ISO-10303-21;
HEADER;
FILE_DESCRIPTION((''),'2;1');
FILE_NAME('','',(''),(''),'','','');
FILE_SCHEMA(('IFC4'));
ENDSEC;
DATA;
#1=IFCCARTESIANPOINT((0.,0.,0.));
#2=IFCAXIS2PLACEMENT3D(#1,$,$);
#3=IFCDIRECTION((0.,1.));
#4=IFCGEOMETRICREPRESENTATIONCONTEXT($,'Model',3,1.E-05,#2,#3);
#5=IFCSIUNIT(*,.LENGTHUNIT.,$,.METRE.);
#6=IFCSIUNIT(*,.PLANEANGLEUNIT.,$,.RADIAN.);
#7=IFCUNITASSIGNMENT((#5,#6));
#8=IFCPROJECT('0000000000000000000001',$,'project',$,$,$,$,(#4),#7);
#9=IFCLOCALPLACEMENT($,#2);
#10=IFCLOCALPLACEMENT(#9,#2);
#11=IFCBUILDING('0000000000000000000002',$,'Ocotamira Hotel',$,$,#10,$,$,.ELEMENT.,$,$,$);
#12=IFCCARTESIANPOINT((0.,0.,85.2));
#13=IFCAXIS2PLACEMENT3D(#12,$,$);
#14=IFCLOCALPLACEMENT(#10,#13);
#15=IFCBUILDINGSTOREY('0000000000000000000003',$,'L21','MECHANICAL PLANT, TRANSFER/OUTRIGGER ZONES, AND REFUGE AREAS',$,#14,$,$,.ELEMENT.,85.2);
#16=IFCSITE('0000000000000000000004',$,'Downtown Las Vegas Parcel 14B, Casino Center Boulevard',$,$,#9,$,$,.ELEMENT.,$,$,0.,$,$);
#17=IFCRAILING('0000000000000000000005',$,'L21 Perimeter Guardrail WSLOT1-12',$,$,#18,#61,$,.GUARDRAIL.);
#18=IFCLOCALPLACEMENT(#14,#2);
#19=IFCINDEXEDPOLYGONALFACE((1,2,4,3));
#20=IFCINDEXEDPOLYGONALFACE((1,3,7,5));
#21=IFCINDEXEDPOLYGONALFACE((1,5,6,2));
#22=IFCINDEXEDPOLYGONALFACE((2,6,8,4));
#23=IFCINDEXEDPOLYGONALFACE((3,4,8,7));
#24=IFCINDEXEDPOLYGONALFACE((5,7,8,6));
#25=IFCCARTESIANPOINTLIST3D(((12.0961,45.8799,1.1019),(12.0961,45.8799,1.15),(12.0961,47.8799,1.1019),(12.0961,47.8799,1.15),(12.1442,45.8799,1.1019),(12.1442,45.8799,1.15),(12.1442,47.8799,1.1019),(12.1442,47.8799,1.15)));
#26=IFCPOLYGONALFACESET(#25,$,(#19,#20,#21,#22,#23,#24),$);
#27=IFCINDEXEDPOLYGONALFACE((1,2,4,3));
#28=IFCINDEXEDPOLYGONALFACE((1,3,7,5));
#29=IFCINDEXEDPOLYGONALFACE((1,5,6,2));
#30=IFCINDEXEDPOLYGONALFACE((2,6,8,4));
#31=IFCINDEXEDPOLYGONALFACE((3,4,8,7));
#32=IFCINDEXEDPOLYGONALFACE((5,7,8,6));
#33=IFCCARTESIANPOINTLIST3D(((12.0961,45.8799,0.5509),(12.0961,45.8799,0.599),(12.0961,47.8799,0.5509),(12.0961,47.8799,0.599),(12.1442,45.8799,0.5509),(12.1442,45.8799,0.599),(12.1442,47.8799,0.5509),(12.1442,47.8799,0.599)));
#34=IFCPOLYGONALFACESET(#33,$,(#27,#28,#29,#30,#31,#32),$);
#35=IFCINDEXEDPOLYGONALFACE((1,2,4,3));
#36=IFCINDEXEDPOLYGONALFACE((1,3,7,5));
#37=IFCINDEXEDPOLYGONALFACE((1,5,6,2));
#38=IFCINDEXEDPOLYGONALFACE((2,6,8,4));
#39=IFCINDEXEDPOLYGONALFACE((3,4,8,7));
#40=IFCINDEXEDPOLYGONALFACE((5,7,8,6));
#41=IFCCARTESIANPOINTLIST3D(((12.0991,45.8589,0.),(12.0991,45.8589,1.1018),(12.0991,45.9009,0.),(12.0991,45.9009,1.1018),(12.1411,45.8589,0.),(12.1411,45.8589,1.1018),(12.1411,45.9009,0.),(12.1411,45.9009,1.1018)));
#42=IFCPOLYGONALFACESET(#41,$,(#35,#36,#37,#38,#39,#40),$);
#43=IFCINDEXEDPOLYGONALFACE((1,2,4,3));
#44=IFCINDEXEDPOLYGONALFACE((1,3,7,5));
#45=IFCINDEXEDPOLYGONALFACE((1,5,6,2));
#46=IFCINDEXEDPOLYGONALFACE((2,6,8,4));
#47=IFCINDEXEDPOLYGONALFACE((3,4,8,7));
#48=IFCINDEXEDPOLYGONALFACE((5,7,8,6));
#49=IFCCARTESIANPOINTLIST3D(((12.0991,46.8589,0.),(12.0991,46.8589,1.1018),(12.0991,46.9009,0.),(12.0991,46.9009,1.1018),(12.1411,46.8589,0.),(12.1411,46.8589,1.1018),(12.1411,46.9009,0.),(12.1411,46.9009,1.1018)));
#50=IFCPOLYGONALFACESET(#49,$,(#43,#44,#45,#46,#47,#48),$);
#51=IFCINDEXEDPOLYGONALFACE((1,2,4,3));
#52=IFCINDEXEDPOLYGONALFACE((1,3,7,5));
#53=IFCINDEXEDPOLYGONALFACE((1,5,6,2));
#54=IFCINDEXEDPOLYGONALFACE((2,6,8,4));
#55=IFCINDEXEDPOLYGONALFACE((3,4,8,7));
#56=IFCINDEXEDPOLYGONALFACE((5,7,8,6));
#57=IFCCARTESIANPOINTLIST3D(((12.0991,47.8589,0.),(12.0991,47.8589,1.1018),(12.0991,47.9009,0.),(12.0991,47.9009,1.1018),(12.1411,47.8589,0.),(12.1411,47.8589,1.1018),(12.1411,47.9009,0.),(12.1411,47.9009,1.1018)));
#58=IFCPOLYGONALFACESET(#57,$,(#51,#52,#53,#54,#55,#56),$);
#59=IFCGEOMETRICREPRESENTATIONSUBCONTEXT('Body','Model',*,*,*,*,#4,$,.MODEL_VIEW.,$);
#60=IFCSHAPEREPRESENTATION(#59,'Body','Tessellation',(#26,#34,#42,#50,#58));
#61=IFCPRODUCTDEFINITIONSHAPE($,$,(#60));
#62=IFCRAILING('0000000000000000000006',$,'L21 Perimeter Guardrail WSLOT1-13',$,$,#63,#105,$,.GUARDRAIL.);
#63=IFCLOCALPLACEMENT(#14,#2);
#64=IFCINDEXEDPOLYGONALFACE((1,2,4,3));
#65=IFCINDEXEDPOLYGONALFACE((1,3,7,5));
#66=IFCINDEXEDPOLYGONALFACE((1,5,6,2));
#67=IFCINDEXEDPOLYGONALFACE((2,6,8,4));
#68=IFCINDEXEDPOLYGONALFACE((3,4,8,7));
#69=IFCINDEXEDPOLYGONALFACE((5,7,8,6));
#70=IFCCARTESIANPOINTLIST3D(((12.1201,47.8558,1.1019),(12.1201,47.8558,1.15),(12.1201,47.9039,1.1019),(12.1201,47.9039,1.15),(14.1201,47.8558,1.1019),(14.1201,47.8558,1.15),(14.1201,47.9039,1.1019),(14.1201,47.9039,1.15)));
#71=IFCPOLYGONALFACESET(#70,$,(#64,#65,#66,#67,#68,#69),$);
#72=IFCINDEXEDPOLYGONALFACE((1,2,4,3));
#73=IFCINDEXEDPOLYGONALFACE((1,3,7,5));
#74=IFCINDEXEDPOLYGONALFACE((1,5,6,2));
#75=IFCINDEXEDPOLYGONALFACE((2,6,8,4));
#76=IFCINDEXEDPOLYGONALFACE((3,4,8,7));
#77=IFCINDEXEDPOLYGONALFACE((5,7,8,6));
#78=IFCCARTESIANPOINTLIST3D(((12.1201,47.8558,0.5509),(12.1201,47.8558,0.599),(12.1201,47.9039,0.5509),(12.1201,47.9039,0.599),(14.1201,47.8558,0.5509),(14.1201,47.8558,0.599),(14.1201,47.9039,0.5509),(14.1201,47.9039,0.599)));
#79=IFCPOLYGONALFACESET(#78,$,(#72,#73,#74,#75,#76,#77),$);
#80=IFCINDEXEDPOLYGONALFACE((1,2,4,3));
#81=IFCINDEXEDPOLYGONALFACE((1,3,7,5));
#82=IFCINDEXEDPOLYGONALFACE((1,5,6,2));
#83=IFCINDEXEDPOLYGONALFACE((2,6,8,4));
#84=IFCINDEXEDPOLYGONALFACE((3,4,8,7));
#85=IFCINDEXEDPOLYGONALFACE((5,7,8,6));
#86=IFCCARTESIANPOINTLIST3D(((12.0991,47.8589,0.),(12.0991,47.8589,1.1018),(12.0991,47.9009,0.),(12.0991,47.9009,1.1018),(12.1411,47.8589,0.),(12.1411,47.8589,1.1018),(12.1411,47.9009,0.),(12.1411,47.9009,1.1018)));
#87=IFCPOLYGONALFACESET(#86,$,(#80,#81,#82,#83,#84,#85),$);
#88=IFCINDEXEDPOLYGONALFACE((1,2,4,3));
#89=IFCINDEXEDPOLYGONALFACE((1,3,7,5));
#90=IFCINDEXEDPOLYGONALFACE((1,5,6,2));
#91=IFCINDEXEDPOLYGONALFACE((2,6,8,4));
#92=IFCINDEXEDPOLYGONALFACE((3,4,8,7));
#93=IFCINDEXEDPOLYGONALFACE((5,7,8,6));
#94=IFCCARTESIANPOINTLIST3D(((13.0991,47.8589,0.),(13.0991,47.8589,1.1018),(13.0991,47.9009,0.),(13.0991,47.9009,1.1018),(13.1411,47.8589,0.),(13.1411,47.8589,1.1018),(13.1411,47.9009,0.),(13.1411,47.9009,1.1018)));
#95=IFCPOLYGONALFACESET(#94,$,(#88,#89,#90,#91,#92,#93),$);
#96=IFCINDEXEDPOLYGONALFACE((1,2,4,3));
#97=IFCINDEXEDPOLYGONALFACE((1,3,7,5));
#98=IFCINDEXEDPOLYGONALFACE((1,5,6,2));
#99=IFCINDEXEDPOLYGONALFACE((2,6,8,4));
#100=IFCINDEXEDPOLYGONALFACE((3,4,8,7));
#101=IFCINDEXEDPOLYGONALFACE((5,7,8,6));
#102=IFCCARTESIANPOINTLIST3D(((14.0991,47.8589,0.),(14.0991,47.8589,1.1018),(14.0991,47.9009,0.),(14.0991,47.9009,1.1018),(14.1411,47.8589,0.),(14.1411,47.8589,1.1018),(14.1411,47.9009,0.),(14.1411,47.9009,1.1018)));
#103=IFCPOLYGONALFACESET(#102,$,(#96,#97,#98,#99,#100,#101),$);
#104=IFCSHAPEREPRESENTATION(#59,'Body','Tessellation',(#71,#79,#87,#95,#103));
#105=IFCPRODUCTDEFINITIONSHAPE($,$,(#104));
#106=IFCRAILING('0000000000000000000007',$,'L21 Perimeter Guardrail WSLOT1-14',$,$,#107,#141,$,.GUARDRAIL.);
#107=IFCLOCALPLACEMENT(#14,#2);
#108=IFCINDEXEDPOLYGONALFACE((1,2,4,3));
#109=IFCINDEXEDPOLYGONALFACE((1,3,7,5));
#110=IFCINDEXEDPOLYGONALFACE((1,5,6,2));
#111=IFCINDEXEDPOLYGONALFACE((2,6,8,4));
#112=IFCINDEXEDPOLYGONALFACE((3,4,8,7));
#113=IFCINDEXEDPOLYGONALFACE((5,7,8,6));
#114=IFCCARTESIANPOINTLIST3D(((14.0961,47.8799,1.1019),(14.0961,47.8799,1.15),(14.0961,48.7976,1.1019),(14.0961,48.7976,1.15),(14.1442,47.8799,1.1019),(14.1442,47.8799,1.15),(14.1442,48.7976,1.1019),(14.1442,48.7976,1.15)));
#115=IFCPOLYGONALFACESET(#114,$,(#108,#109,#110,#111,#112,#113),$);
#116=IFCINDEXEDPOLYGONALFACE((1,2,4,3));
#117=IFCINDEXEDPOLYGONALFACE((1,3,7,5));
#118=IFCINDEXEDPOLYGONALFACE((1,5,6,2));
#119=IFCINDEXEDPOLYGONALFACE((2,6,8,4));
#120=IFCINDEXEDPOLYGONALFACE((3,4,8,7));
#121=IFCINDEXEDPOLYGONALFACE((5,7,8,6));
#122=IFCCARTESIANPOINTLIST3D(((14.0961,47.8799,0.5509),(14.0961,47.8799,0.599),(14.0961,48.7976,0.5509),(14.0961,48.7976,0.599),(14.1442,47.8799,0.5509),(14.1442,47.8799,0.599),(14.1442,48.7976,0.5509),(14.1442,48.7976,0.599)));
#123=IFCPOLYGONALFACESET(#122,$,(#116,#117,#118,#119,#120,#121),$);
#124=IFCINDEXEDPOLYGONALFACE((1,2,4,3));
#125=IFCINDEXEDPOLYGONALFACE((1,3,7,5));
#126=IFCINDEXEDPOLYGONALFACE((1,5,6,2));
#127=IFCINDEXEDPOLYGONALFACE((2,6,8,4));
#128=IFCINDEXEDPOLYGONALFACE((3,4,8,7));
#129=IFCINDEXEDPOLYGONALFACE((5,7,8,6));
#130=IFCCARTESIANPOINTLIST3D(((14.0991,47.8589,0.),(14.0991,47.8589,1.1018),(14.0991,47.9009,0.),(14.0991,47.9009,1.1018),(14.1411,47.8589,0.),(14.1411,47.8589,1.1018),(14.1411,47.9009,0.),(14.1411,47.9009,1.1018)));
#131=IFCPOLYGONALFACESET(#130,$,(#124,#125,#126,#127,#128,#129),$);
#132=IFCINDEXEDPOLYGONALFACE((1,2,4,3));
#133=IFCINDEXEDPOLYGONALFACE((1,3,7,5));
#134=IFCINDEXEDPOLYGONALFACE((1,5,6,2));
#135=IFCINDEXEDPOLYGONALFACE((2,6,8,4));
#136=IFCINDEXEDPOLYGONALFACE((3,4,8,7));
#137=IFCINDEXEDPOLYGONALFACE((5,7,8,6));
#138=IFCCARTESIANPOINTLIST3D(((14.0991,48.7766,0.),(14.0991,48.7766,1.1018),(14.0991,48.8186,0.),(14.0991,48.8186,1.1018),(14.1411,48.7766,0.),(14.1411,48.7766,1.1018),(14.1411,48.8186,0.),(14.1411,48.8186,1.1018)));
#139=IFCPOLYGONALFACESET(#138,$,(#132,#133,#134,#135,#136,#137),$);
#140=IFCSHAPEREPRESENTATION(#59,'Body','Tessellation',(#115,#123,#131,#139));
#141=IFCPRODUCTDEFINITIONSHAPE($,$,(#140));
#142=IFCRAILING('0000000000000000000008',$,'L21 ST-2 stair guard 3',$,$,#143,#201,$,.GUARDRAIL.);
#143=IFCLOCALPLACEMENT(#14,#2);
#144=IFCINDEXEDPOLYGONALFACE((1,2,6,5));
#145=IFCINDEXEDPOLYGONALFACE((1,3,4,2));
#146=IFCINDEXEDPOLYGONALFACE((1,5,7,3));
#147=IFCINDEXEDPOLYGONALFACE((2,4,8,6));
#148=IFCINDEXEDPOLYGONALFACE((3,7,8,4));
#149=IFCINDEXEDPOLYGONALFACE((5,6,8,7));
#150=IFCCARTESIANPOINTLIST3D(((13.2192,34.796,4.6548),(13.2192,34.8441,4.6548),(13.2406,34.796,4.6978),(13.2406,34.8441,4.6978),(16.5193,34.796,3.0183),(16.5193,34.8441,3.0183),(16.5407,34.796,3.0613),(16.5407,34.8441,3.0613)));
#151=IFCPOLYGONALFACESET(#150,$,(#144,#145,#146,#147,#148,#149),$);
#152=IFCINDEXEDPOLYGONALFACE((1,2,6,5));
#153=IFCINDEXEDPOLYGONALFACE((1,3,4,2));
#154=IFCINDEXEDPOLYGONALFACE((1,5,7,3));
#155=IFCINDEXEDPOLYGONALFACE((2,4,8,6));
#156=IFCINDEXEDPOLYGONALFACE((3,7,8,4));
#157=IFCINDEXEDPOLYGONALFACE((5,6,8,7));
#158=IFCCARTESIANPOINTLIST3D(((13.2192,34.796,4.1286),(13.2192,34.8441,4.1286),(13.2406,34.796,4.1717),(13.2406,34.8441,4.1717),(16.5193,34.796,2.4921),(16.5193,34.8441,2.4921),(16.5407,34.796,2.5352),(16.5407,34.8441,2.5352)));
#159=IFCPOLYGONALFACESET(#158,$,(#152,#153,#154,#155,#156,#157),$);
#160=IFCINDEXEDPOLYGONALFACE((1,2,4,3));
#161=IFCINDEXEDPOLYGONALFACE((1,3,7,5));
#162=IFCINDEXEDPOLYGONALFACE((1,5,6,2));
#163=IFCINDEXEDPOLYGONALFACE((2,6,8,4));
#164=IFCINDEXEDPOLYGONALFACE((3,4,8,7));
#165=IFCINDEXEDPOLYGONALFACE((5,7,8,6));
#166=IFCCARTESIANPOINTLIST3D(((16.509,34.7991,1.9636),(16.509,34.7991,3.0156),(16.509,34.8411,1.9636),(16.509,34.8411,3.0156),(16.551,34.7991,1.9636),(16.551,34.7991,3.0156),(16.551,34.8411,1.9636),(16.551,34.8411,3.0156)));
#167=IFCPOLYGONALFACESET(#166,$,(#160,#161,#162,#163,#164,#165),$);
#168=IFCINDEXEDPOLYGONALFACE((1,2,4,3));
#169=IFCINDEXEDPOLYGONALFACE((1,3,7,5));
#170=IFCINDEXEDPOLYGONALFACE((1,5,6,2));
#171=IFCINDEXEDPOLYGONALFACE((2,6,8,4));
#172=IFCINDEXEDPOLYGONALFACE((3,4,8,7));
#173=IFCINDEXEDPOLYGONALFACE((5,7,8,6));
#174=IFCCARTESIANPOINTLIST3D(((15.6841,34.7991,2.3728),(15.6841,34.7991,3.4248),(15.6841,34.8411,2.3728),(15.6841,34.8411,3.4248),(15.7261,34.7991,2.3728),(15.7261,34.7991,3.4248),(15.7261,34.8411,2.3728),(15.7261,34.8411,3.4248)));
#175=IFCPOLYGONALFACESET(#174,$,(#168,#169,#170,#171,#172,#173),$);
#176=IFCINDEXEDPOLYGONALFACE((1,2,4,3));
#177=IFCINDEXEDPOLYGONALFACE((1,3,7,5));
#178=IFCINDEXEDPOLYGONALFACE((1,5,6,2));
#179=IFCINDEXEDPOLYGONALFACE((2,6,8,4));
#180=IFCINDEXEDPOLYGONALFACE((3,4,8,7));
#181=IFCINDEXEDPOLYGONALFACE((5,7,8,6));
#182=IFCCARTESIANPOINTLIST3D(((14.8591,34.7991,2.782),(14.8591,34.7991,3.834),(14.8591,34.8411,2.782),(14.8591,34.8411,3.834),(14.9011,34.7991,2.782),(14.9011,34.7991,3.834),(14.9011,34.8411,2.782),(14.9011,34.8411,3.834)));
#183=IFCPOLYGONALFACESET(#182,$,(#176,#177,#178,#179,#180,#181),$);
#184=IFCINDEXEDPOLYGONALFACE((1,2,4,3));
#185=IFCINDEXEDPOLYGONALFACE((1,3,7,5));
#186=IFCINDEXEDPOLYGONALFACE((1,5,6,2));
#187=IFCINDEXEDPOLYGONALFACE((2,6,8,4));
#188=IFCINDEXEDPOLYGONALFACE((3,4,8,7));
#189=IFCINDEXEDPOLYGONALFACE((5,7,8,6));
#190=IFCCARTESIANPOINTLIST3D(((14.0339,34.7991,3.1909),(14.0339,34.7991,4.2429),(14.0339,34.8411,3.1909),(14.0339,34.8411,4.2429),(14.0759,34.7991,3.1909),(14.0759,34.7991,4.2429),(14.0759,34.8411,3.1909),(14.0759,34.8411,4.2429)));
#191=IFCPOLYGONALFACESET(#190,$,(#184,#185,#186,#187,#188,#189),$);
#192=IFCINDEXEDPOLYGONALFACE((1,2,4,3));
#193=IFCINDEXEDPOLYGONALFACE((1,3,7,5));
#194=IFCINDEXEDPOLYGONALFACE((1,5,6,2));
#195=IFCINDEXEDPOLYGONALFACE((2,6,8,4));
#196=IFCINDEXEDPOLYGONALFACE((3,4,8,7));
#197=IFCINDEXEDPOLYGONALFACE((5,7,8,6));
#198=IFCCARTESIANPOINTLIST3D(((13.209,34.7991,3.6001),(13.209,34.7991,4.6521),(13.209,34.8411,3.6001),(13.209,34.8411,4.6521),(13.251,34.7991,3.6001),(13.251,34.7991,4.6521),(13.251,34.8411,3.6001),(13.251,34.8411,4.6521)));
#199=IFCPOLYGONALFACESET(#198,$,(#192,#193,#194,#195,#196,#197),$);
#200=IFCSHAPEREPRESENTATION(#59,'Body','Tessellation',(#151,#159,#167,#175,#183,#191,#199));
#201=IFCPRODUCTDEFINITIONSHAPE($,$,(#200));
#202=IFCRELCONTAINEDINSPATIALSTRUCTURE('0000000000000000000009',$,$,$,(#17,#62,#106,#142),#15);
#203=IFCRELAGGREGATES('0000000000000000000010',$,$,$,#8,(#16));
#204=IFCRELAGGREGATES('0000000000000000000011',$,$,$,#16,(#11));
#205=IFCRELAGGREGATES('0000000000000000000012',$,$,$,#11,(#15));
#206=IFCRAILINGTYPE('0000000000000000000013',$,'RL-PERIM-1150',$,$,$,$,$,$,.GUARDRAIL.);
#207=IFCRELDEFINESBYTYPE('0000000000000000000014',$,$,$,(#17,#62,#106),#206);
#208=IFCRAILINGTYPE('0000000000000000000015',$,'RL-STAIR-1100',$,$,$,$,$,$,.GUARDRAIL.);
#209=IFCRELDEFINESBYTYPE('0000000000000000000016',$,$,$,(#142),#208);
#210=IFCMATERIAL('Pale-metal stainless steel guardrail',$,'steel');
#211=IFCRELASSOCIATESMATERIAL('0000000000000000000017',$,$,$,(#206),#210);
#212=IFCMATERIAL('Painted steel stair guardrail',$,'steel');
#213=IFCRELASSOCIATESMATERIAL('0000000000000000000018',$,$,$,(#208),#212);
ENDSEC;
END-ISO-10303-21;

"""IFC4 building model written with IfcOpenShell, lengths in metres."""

from ifc_helpers import new_model, si_unit, direction, frame, origin, origin_2d, place, context, subcontext, project, spatial, rectangle, extrude, material, type_object, element, save


model = new_model("IFC4")

# Units and contexts
model_context = context("Model", 3, precision=1e-05, world=origin(), true_north=direction((0.0, 1.0)))
body_context = subcontext(model_context, "Body", "Model", "MODEL_VIEW")
ifc_project = project(units=[si_unit("LENGTHUNIT", "METRE"), si_unit("PLANEANGLEUNIT", "RADIAN")], contexts=[model_context])

# Site, building, storey
site_placement = place(None, origin())
site = spatial("IfcSite", under=ifc_project, at=site_placement, Name="Downtown Las Vegas Parcel 14B, Casino Center Boulevard", CompositionType="ELEMENT", RefElevation=0.0)
building_placement = place(site_placement, origin())
building = spatial("IfcBuilding", under=site, at=building_placement, Name="Ocotamira Hotel", CompositionType="ELEMENT")
storey_placement = place(building_placement, frame((0.0, 0.0, 85.2)))
storey = spatial("IfcBuildingStorey", under=building, at=storey_placement, Name="L21", Description="MECHANICAL PLANT, TRANSFER/OUTRIGGER ZONES, AND REFUGE AREAS", CompositionType="ELEMENT", Elevation=85.2)

# Railings
ifc_material_1 = material(Name="Pale-metal stainless steel guardrail", Category="steel")
railing_type_1 = type_object("IfcRailingType", Name="RL-PERIM-1150", PredefinedType="GUARDRAIL", material=ifc_material_1)
railing_1_placement = place(storey_placement, frame((12.1201, 45.8799, 0.0)))
element("IfcRailing", 1, at=railing_1_placement, inside=storey, type_object=railing_type_1, Name="L21 Perimeter Guardrail WSLOT1-12", PredefinedType="GUARDRAIL", context=body_context, shape_type="SweptSolid", body=[
    extrude(rectangle(XDim=0.0481, YDim=0.0481, at=origin_2d()), frame((0.0, 0.0, 1.126), z_axis=(0.0, 1.0, 0.0), x_axis=(-1.0, 0.0, 0.0)), (0.0, 0.0, 1.0), 2.0),
    extrude(rectangle(XDim=0.0481, YDim=0.0481, at=origin_2d()), frame((0.0, 0.0, 0.575), z_axis=(0.0, 1.0, 0.0), x_axis=(-1.0, 0.0, 0.0)), (0.0, 0.0, 1.0), 2.0),
    extrude(rectangle(XDim=0.042, YDim=0.042, at=origin_2d()), origin(), (0.0, 0.0, 1.0), 1.1018),
    extrude(rectangle(XDim=0.042, YDim=0.042, at=origin_2d()), frame((0.0, 1.0, 0.0)), (0.0, 0.0, 1.0), 1.1018),
    extrude(rectangle(XDim=0.042, YDim=0.042, at=origin_2d()), frame((0.0, 2.0, 0.0)), (0.0, 0.0, 1.0), 1.1018),
])
railing_2_placement = place(storey_placement, frame((12.1201, 47.8799, 0.0)))
element("IfcRailing", 2, at=railing_2_placement, inside=storey, type_object=railing_type_1, Name="L21 Perimeter Guardrail WSLOT1-13", PredefinedType="GUARDRAIL", context=body_context, shape_type="SweptSolid", body=[
    extrude(rectangle(XDim=0.0481, YDim=0.0481, at=origin_2d()), frame((0.0, 0.0, 1.126), z_axis=(1.0, 0.0, 0.0), x_axis=(0.0, 1.0, 0.0)), (0.0, 0.0, 1.0), 2.0),
    extrude(rectangle(XDim=0.0481, YDim=0.0481, at=origin_2d()), frame((0.0, 0.0, 0.575), z_axis=(1.0, 0.0, 0.0), x_axis=(0.0, 1.0, 0.0)), (0.0, 0.0, 1.0), 2.0),
    extrude(rectangle(XDim=0.042, YDim=0.042, at=origin_2d()), origin(), (0.0, 0.0, 1.0), 1.1018),
    extrude(rectangle(XDim=0.042, YDim=0.042, at=origin_2d()), frame((1.0, 0.0, 0.0)), (0.0, 0.0, 1.0), 1.1018),
    extrude(rectangle(XDim=0.042, YDim=0.042, at=origin_2d()), frame((2.0, 0.0, 0.0)), (0.0, 0.0, 1.0), 1.1018),
])
railing_3_placement = place(storey_placement, frame((14.1201, 47.8799, 0.0)))
element("IfcRailing", 3, at=railing_3_placement, inside=storey, type_object=railing_type_1, Name="L21 Perimeter Guardrail WSLOT1-14", PredefinedType="GUARDRAIL", context=body_context, shape_type="SweptSolid", body=[
    extrude(rectangle(XDim=0.0481, YDim=0.0481, at=origin_2d()), frame((0.0, 0.0, 1.126), z_axis=(0.0, 1.0, 0.0), x_axis=(-1.0, 0.0, 0.0)), (0.0, 0.0, 1.0), 0.9177),
    extrude(rectangle(XDim=0.0481, YDim=0.0481, at=origin_2d()), frame((0.0, 0.0, 0.575), z_axis=(0.0, 1.0, 0.0), x_axis=(-1.0, 0.0, 0.0)), (0.0, 0.0, 1.0), 0.9177),
    extrude(rectangle(XDim=0.042, YDim=0.042, at=origin_2d()), origin(), (0.0, 0.0, 1.0), 1.1018),
    extrude(rectangle(XDim=0.042, YDim=0.042, at=origin_2d()), frame((0.0, 0.9177, 0.0)), (0.0, 0.0, 1.0), 1.1018),
])
ifc_material_2 = material(Name="Painted steel stair guardrail", Category="steel")
railing_type_2 = type_object("IfcRailingType", Name="RL-STAIR-1100", PredefinedType="GUARDRAIL", material=ifc_material_2)
railing_4_placement = place(storey_placement, frame((16.53, 34.8201, 1.9636)))
element("IfcRailing", 4, at=railing_4_placement, inside=storey, type_object=railing_type_2, Name="L21 ST-2 stair guard 3", PredefinedType="GUARDRAIL", context=body_context, shape_type="SweptSolid", body=[
    extrude(rectangle(XDim=0.0481, YDim=0.0481, at=origin_2d()), frame((0.0, 0.0, 1.0762), z_axis=(-0.895894, 0.0, 0.444268), x_axis=(0.0, -1.0, 0.0)), (0.0, 0.0, 1.0), 3.6836),
    extrude(rectangle(XDim=0.0481, YDim=0.0481, at=origin_2d()), frame((0.0, 0.0, 0.55), z_axis=(-0.895894, 0.0, 0.444268), x_axis=(0.0, -1.0, 0.0)), (0.0, 0.0, 1.0), 3.6836),
    extrude(rectangle(XDim=0.042, YDim=0.042, at=origin_2d()), origin(), (0.0, 0.0, 1.0), 1.052),
    extrude(rectangle(XDim=0.042, YDim=0.042, at=origin_2d()), frame((-0.825, 0.0, 0.4092)), (0.0, 0.0, 1.0), 1.052),
    extrude(rectangle(XDim=0.042, YDim=0.042, at=origin_2d()), frame((-1.6499, 0.0, 0.8184)), (0.0, 0.0, 1.0), 1.052),
    extrude(rectangle(XDim=0.042, YDim=0.042, at=origin_2d()), frame((-2.4751, 0.0, 1.2273)), (0.0, 0.0, 1.0), 1.052),
    extrude(rectangle(XDim=0.042, YDim=0.042, at=origin_2d()), frame((-3.3, 0.0, 1.6365)), (0.0, 0.0, 1.0), 1.052),
])

save(model, "model.ifc")
